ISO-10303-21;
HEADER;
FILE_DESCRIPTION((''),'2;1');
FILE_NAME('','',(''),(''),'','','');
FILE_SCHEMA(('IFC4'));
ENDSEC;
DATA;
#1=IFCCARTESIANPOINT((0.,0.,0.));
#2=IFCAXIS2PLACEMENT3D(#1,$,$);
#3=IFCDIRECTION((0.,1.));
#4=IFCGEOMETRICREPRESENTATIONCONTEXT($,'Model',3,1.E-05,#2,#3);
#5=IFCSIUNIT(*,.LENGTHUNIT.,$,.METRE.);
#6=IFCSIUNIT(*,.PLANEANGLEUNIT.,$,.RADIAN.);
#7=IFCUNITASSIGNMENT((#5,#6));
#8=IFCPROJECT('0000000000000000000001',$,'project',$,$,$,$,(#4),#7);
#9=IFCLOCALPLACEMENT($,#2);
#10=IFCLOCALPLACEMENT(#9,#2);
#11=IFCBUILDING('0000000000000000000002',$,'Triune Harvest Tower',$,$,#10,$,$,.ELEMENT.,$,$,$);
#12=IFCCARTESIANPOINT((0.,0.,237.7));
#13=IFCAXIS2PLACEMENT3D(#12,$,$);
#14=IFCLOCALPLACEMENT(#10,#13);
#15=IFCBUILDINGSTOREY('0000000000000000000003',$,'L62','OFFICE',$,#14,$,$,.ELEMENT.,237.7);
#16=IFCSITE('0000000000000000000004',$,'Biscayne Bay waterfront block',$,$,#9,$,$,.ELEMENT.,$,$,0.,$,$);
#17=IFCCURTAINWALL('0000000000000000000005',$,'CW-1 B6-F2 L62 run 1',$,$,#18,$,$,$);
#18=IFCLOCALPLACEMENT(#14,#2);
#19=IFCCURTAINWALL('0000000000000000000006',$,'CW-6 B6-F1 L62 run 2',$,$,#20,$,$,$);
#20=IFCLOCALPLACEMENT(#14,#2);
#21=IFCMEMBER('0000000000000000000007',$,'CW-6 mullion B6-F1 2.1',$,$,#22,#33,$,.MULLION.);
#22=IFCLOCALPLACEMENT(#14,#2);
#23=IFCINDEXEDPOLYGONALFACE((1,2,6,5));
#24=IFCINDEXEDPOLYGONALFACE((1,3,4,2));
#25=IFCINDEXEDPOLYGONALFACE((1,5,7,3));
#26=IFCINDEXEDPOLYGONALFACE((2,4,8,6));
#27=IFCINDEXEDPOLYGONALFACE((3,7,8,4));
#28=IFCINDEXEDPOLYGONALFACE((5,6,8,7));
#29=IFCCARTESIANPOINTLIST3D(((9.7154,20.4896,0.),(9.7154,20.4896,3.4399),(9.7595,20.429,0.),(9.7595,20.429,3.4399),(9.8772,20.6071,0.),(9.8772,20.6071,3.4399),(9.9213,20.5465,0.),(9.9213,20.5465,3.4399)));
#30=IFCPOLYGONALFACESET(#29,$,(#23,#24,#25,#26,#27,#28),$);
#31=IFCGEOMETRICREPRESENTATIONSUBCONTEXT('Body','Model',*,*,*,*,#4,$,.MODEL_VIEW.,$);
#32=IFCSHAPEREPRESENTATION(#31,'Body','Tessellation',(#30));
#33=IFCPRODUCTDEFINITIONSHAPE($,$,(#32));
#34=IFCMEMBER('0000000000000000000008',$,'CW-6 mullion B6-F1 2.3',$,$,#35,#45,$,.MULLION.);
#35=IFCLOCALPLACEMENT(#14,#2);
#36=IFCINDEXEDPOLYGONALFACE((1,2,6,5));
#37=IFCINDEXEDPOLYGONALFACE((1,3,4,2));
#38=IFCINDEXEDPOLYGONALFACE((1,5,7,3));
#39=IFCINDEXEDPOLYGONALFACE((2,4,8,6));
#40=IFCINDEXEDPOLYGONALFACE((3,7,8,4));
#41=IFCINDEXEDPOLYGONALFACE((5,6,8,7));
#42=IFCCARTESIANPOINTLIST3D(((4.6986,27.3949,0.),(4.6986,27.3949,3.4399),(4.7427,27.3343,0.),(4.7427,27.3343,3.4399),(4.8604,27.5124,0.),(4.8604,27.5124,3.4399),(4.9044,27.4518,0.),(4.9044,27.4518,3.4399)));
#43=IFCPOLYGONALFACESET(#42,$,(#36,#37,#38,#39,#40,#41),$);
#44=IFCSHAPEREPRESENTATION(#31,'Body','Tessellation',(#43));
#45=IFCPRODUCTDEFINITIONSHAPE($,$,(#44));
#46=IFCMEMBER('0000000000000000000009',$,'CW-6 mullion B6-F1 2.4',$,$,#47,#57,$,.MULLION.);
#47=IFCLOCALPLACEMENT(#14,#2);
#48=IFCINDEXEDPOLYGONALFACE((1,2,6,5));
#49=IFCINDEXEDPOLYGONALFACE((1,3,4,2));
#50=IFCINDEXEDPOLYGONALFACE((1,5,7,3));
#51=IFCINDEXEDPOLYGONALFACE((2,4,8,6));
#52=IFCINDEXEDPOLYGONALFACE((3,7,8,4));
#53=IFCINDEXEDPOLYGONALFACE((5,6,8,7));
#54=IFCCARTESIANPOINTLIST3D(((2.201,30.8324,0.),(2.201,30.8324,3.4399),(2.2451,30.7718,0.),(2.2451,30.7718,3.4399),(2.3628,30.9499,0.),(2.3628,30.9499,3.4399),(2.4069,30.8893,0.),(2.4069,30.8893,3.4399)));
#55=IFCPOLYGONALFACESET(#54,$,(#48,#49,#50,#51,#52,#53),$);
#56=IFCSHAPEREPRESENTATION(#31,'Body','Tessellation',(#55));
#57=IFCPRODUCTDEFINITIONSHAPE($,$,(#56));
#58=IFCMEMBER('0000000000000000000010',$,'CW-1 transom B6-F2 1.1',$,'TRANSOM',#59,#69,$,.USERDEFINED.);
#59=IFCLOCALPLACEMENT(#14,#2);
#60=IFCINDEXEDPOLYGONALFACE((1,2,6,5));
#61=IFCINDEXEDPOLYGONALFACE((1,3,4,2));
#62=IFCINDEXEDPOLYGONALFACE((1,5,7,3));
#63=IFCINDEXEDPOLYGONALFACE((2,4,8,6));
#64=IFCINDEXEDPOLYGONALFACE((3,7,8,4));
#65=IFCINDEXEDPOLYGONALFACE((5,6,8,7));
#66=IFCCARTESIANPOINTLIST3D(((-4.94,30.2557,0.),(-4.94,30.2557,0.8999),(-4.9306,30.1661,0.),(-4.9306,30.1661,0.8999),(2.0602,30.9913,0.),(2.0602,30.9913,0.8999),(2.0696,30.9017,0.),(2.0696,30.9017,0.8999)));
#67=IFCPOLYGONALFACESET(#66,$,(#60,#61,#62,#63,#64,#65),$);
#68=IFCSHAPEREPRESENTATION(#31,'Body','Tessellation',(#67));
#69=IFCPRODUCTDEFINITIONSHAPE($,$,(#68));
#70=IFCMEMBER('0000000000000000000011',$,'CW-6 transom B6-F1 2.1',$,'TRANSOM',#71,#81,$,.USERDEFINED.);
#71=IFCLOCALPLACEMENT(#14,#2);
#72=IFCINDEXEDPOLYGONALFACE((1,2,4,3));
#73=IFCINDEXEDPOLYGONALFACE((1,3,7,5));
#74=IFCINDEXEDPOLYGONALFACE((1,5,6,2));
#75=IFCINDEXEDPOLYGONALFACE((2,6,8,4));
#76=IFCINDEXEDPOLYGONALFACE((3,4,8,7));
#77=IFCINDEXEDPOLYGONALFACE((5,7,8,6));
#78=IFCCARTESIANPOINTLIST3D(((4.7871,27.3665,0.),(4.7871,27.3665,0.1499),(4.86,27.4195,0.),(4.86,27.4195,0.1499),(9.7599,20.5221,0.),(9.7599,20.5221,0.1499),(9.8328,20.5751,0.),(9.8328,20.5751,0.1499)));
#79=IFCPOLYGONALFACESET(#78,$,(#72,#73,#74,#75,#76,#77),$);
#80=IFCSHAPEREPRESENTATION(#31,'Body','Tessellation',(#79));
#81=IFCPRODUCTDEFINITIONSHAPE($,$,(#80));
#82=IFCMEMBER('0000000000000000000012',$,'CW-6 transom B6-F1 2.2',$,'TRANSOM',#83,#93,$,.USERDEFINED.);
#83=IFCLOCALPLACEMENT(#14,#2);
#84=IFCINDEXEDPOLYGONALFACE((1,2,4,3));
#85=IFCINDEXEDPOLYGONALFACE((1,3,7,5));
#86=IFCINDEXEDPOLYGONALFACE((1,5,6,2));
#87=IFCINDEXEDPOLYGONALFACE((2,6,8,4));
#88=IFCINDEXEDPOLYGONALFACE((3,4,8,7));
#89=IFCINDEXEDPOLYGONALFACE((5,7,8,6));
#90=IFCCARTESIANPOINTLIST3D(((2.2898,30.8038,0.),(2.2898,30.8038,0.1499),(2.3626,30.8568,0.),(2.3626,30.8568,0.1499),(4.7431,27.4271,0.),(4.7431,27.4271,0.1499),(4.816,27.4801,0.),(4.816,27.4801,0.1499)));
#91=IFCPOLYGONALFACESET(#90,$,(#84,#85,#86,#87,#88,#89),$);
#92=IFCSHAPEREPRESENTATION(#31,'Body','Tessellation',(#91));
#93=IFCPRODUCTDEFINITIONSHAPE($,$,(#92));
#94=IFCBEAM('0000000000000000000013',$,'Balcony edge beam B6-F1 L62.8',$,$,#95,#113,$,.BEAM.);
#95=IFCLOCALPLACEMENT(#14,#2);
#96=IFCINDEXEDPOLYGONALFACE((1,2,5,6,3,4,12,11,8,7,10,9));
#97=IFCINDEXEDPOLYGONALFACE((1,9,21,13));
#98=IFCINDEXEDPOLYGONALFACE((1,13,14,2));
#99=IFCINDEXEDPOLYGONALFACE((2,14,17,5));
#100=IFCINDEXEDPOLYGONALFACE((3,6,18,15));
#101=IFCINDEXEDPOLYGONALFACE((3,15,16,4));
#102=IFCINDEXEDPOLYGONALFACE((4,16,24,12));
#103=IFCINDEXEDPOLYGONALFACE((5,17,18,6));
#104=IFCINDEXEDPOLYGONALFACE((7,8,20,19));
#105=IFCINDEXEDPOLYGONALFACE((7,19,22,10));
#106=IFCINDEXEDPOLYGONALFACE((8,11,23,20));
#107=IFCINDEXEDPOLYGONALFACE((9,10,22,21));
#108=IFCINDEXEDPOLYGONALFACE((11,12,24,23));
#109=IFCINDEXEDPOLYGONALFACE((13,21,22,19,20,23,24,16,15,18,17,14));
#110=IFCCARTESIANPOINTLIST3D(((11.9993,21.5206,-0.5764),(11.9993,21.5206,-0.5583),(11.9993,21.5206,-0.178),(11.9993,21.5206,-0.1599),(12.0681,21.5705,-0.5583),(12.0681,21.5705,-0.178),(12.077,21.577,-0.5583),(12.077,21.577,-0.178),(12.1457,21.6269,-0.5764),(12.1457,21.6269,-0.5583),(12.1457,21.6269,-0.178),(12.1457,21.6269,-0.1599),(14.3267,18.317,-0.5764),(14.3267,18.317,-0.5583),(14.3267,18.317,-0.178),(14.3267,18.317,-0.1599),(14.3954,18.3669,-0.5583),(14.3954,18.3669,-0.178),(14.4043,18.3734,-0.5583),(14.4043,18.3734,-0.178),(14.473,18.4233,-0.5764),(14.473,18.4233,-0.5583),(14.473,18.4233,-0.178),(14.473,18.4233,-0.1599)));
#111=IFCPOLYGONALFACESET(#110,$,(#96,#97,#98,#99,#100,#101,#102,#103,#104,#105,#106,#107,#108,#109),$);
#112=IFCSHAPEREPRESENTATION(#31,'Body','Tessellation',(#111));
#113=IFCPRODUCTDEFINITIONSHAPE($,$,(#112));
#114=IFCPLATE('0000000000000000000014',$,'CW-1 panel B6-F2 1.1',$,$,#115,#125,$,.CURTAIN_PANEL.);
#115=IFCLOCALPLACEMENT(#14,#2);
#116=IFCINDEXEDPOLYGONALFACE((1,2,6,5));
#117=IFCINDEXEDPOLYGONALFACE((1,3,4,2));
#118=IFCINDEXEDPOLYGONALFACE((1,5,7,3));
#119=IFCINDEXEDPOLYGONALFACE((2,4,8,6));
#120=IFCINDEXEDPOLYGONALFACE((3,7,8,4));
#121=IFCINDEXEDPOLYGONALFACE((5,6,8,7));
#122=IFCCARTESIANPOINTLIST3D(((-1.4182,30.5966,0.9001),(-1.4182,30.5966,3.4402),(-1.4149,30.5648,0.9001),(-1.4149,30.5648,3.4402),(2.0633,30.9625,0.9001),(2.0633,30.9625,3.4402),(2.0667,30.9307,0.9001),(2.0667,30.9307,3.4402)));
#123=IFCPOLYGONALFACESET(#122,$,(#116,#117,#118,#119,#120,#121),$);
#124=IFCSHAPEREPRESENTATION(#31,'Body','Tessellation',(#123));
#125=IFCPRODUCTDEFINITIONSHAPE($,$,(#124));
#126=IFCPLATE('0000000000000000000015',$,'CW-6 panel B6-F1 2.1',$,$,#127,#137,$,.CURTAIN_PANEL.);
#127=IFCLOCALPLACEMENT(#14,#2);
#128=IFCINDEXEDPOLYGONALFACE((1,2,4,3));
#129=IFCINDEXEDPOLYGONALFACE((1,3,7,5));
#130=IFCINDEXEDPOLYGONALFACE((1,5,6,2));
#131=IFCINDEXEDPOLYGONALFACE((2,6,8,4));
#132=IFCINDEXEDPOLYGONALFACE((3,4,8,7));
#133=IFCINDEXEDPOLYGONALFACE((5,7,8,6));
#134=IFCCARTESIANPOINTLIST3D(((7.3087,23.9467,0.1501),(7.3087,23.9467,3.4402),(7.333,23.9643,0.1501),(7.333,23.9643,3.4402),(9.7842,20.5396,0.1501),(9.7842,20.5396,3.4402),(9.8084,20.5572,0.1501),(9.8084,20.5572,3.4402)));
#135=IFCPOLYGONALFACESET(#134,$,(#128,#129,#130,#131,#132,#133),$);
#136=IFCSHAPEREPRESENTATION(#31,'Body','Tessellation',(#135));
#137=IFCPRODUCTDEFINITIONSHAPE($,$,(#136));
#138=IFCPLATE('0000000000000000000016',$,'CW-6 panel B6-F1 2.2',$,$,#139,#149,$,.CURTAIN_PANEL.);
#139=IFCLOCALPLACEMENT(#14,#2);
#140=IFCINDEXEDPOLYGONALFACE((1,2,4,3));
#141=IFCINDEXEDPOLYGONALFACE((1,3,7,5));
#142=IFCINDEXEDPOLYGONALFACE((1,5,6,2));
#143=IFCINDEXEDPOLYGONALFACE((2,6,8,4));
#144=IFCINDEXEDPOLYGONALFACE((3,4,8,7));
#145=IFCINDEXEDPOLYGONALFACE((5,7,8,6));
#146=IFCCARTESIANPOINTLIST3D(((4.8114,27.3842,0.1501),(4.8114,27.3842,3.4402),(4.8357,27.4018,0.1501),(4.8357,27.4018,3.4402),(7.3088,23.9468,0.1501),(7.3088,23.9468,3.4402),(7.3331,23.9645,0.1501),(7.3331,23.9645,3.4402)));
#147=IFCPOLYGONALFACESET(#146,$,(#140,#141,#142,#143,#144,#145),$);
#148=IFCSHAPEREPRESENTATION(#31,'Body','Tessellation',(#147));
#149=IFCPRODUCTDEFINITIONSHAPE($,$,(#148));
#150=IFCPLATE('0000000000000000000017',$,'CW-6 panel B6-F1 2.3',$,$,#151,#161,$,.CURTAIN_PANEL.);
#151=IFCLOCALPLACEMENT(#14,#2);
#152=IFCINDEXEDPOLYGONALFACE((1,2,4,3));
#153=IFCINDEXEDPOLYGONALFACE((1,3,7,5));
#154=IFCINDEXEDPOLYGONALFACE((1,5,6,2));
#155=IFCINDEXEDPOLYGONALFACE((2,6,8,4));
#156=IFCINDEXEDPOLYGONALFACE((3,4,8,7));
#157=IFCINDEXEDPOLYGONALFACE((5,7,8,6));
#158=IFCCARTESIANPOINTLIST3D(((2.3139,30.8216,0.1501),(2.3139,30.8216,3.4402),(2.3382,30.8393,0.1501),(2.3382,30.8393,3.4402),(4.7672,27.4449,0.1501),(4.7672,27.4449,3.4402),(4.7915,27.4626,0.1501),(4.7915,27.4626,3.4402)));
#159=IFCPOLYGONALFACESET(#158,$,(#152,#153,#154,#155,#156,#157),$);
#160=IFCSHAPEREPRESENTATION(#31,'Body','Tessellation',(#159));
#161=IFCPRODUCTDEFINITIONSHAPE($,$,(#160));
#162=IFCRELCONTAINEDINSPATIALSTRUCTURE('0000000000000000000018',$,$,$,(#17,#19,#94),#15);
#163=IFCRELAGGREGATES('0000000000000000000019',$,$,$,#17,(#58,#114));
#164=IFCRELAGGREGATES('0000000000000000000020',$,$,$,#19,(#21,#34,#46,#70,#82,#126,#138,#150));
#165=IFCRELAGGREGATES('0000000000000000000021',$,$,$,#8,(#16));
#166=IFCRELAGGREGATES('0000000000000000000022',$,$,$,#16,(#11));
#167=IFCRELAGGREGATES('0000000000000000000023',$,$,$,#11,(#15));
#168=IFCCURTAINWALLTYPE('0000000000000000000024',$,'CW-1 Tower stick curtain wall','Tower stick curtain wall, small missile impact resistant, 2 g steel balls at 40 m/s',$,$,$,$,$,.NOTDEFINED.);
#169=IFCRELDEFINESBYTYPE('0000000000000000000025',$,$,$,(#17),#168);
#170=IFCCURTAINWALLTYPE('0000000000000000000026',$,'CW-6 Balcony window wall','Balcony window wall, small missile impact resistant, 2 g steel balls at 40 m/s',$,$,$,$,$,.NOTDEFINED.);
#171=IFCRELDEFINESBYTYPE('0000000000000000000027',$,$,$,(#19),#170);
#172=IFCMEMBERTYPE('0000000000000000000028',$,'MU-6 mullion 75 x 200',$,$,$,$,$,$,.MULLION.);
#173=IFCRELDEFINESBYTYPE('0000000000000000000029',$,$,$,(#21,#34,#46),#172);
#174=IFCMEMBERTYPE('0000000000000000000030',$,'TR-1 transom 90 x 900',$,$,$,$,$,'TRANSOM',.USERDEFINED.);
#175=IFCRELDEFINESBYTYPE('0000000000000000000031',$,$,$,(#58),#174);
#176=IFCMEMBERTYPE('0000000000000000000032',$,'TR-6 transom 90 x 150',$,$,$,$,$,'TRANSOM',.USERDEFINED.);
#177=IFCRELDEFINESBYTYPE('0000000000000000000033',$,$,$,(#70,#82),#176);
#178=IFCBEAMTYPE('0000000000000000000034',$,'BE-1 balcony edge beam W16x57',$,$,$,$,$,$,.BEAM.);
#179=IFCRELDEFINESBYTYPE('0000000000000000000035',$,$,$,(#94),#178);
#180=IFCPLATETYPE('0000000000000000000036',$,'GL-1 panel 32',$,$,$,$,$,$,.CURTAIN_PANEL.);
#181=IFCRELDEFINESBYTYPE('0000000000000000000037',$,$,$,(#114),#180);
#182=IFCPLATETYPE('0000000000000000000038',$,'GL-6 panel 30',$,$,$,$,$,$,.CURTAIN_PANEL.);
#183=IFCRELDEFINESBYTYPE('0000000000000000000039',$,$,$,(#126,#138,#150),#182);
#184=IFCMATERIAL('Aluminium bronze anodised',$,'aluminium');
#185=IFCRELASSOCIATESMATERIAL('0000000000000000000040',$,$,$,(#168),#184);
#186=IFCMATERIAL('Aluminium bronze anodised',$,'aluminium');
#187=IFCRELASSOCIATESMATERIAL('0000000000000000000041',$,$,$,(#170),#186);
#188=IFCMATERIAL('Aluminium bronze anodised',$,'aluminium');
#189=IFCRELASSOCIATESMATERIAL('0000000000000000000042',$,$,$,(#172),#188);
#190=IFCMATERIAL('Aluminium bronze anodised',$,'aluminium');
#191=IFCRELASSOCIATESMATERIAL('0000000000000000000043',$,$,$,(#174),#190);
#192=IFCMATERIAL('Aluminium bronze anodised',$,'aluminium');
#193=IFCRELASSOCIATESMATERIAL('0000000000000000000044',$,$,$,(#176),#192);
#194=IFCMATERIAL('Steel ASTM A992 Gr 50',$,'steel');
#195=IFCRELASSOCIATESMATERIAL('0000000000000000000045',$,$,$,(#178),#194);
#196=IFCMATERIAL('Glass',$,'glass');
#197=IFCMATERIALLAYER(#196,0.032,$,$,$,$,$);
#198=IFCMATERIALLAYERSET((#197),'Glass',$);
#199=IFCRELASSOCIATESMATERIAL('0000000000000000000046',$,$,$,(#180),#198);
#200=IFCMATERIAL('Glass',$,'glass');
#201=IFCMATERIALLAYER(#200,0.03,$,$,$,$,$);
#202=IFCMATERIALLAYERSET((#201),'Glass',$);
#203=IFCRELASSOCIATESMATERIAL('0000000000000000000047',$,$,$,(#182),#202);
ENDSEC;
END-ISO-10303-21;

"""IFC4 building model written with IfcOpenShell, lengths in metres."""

from ifc_helpers import new_model, si_unit, direction, frame, origin, origin_2d, place, context, subcontext, project, spatial, rectangle, i_section, extrude, source, transform, mapped, material, layer, layer_set, material_profile, profile_set, type_object, element, aggregate, save


model = new_model("IFC4")

# Units and contexts
model_context = context("Model", 3, precision=1e-05, world=origin(), true_north=direction((0.0, 1.0)))
body_context = subcontext(model_context, "Body", "Model", "MODEL_VIEW")
ifc_project = project(units=[si_unit("LENGTHUNIT", "METRE"), si_unit("PLANEANGLEUNIT", "RADIAN")], contexts=[model_context])

# Site, building, storey
site_placement = place(None, origin())
site = spatial("IfcSite", under=ifc_project, at=site_placement, Name="Biscayne Bay waterfront block", CompositionType="ELEMENT", RefElevation=0.0)
building_placement = place(site_placement, origin())
building = spatial("IfcBuilding", under=site, at=building_placement, Name="Triune Harvest Tower", CompositionType="ELEMENT")
storey_placement = place(building_placement, frame((0.0, 0.0, 237.7)))
storey = spatial("IfcBuildingStorey", under=building, at=storey_placement, Name="L62", Description="OFFICE", CompositionType="ELEMENT", Elevation=237.7)

# Curtain wall
ifc_material_1 = material(Name="Aluminium bronze anodised", Category="aluminium")
curtain_wall_type_1 = type_object("IfcCurtainWallType", Name="CW-1 Tower stick curtain wall", Description="Tower stick curtain wall, small missile impact resistant, 2 g steel balls at 40 m/s", PredefinedType="NOTDEFINED", material=ifc_material_1)
curtain_wall_1_placement = place(storey_placement, origin())
curtain_wall_1 = element("IfcCurtainWall", 1, at=curtain_wall_1_placement, inside=storey, type_object=curtain_wall_type_1, Name="CW-1 B6-F2 L62 run 1")

# Curtain wall, members
ifc_material_2 = material(Name="Aluminium bronze anodised", Category="aluminium")
curtain_wall_type_2 = type_object("IfcCurtainWallType", Name="CW-6 Balcony window wall", Description="Balcony window wall, small missile impact resistant, 2 g steel balls at 40 m/s", PredefinedType="NOTDEFINED", material=ifc_material_2)
curtain_wall_2_placement = place(storey_placement, origin())
curtain_wall_2 = element("IfcCurtainWall", 2, at=curtain_wall_2_placement, inside=storey, type_object=curtain_wall_type_2, Name="CW-6 B6-F1 L62 run 2")
ifc_material_3 = material(Name="Aluminium bronze anodised", Category="aluminium")
ifc_material_profile_1 = material_profile(ifc_material_3, rectangle(XDim=0.2, YDim=0.075, at=origin_2d()), Name="MU-6 mullion 75 x 200")
ifc_profile_set_1 = profile_set([ifc_material_profile_1], Name="Aluminium bronze anodised")
member_type_1 = type_object("IfcMemberType", Name="MU-6 mullion 75 x 200", PredefinedType="MULLION", material=ifc_profile_set_1)
shared_shape_1 = source(origin(), body_context, "Body", "SweptSolid", [
    extrude(rectangle(XDim=0.2, YDim=0.075, at=origin_2d()), origin(), (0.0, 0.0, 1.0), 3.4399),
])
member_1_placement = place(storey_placement, frame((9.8184, 20.5181, 0.0), z_axis=(0.0, 0.0, 1.0), x_axis=(-0.809017, -0.587786, 0.0)))
member_1 = element("IfcMember", 3, at=member_1_placement, type_object=member_type_1, Name="CW-6 mullion B6-F1 2.1", PredefinedType="MULLION", context=body_context, shape_type="MappedRepresentation", body=[
    mapped(shared_shape_1, transform((0.0, 0.0, 0.0), scale=1.0)),
])
member_2_placement = place(storey_placement, frame((4.8015, 27.4233, 0.0), z_axis=(0.0, 0.0, 1.0), x_axis=(-0.809017, -0.587786, 0.0)))
member_2 = element("IfcMember", 4, at=member_2_placement, type_object=member_type_1, Name="CW-6 mullion B6-F1 2.3", PredefinedType="MULLION", context=body_context, shape_type="MappedRepresentation", body=[
    mapped(shared_shape_1, transform((0.0, 0.0, 0.0), scale=1.0)),
])
member_3_placement = place(storey_placement, frame((2.304, 30.8608, 0.0), z_axis=(0.0, 0.0, 1.0), x_axis=(-0.809017, -0.587786, 0.0)))
member_3 = element("IfcMember", 5, at=member_3_placement, type_object=member_type_1, Name="CW-6 mullion B6-F1 2.4", PredefinedType="MULLION", context=body_context, shape_type="MappedRepresentation", body=[
    mapped(shared_shape_1, transform((0.0, 0.0, 0.0), scale=1.0)),
])

# Members
ifc_material_4 = material(Name="Aluminium bronze anodised", Category="aluminium")
ifc_material_profile_2 = material_profile(ifc_material_4, rectangle(XDim=0.0901, YDim=0.8999, at=origin_2d()), Name="TR-1 transom 90 x 900")
ifc_profile_set_2 = profile_set([ifc_material_profile_2], Name="Aluminium bronze anodised")
member_type_2 = type_object("IfcMemberType", Name="TR-1 transom 90 x 900", ElementType="TRANSOM", PredefinedType="USERDEFINED", material=ifc_profile_set_2)
shared_shape_2 = source(origin(), body_context, "Body", "SweptSolid", [
    extrude(rectangle(XDim=0.0901, YDim=0.8999, at=origin_2d()), origin(), (0.0, 0.0, 1.0), 7.0388),
])
member_4_placement = place(storey_placement, frame((2.0649, 30.9465, 0.45), z_axis=(-0.994524, -0.104506, 0.0), x_axis=(0.104506, -0.994524, 0.0)))
member_4 = element("IfcMember", 6, at=member_4_placement, type_object=member_type_2, Name="CW-1 transom B6-F2 1.1", ObjectType="TRANSOM", PredefinedType="USERDEFINED", context=body_context, shape_type="MappedRepresentation", body=[
    mapped(shared_shape_2, transform((0.0, 0.0, 0.0), scale=1.0)),
])
ifc_material_5 = material(Name="Aluminium bronze anodised", Category="aluminium")
ifc_material_profile_3 = material_profile(ifc_material_5, rectangle(XDim=0.0901, YDim=0.1499, at=origin_2d()), Name="TR-6 transom 90 x 150")
ifc_profile_set_3 = profile_set([ifc_material_profile_3], Name="Aluminium bronze anodised")
member_type_3 = type_object("IfcMemberType", Name="TR-6 transom 90 x 150", ElementType="TRANSOM", PredefinedType="USERDEFINED", material=ifc_profile_set_3)
shared_shape_3 = source(origin(), body_context, "Body", "SweptSolid", [
    extrude(rectangle(XDim=0.0901, YDim=0.1499, at=origin_2d()), origin(), (0.0, 0.0, 1.0), 8.4602),
])
member_5_placement = place(storey_placement, frame((9.7964, 20.5486, 0.075), z_axis=(-0.587792, 0.809012, 0.0), x_axis=(-0.809012, -0.587792, 0.0)))
member_5 = element("IfcMember", 7, at=member_5_placement, type_object=member_type_3, Name="CW-6 transom B6-F1 2.1", ObjectType="TRANSOM", PredefinedType="USERDEFINED", context=body_context, shape_type="MappedRepresentation", body=[
    mapped(shared_shape_3, transform((0.0, 0.0, 0.0), scale=1.0)),
])
shared_shape_4 = source(origin(), body_context, "Body", "SweptSolid", [
    extrude(rectangle(XDim=0.0901, YDim=0.1499, at=origin_2d()), origin(), (0.0, 0.0, 1.0), 4.1738),
])
member_6_placement = place(storey_placement, frame((4.7795, 27.4536, 0.075), z_axis=(-0.587793, 0.809012, 0.0), x_axis=(-0.809012, -0.587793, 0.0)))
member_6 = element("IfcMember", 8, at=member_6_placement, type_object=member_type_3, Name="CW-6 transom B6-F1 2.2", ObjectType="TRANSOM", PredefinedType="USERDEFINED", context=body_context, shape_type="MappedRepresentation", body=[
    mapped(shared_shape_4, transform((0.0, 0.0, 0.0), scale=1.0)),
])

# Beam
ifc_material_6 = material(Name="Steel ASTM A992 Gr 50", Category="steel")
ifc_material_profile_4 = material_profile(ifc_material_6, i_section(OverallWidth=0.1809, OverallDepth=0.4165, WebThickness=0.011, FlangeThickness=0.0181, at=origin_2d()), Name="W16x57")
ifc_profile_set_4 = profile_set([ifc_material_profile_4], Name="Steel ASTM A992 Gr 50")
beam_type_1 = type_object("IfcBeamType", Name="BE-1 balcony edge beam W16x57", PredefinedType="BEAM", material=ifc_profile_set_4)
shared_shape_5 = source(origin(), body_context, "Body", "SweptSolid", [
    extrude(i_section(OverallWidth=0.1809, OverallDepth=0.4165, WebThickness=0.011, FlangeThickness=0.0181, at=origin_2d()), origin(), (0.0, 0.0, 1.0), 3.9597),
])
beam_1_placement = place(storey_placement, frame((12.0725, 21.5737, -0.3682), z_axis=(0.587757, -0.809037, 0.0), x_axis=(0.809037, 0.587757, 0.0)))
element("IfcBeam", 9, at=beam_1_placement, inside=storey, type_object=beam_type_1, Name="Balcony edge beam B6-F1 L62.8", PredefinedType="BEAM", context=body_context, shape_type="MappedRepresentation", body=[
    mapped(shared_shape_5, transform((0.0, 0.0, 0.0), scale=1.0)),
])

# Plates
ifc_material_7 = material(Name="Glass", Category="glass")
ifc_layer_1 = layer(ifc_material_7, 0.032)
ifc_layer_set_1 = layer_set([ifc_layer_1], Name="Glass")
plate_type_1 = type_object("IfcPlateType", Name="GL-1 panel 32", PredefinedType="CURTAIN_PANEL", material=ifc_layer_set_1)
shared_shape_6 = source(origin(), body_context, "Body", "SweptSolid", [
    extrude(rectangle(XDim=3.5007, YDim=0.032, at=origin_2d()), origin(), (0.0, 0.0, 1.0), 2.54),
])
plate_1_placement = place(storey_placement, frame((0.3242, 30.7637, 0.9001), z_axis=(0.0, 0.0, 1.0), x_axis=(-0.994522, -0.10453, 0.0)))
plate_1 = element("IfcPlate", 10, at=plate_1_placement, type_object=plate_type_1, Name="CW-1 panel B6-F2 1.1", PredefinedType="CURTAIN_PANEL", context=body_context, shape_type="MappedRepresentation", body=[
    mapped(shared_shape_6, transform((0.0, 0.0, 0.0), scale=1.0)),
])
aggregate(curtain_wall_1, [member_4, plate_1])
ifc_material_8 = material(Name="Glass", Category="glass")
ifc_layer_2 = layer(ifc_material_8, 0.03)
ifc_layer_set_2 = layer_set([ifc_layer_2], Name="Glass")
plate_type_2 = type_object("IfcPlateType", Name="GL-6 panel 30", PredefinedType="CURTAIN_PANEL", material=ifc_layer_set_2)
shared_shape_7 = source(origin(), body_context, "Body", "SweptSolid", [
    extrude(rectangle(XDim=4.2114, YDim=0.03, at=origin_2d()), origin(), (0.0, 0.0, 1.0), 3.29),
])
plate_2_placement = place(storey_placement, frame((8.5586, 22.252, 0.1501), z_axis=(0.0, 0.0, 1.0), x_axis=(-0.587786, 0.809017, 0.0)))
plate_2 = element("IfcPlate", 11, at=plate_2_placement, type_object=plate_type_2, Name="CW-6 panel B6-F1 2.1", PredefinedType="CURTAIN_PANEL", context=body_context, shape_type="MappedRepresentation", body=[
    mapped(shared_shape_7, transform((0.0, 0.0, 0.0), scale=1.0)),
])
shared_shape_8 = source(origin(), body_context, "Body", "SweptSolid", [
    extrude(rectangle(XDim=4.2488, YDim=0.03, at=origin_2d()), origin(), (0.0, 0.0, 1.0), 3.29),
])
plate_3_placement = place(storey_placement, frame((6.0723, 25.6743, 0.1501), z_axis=(0.0, 0.0, 1.0), x_axis=(-0.587786, 0.809017, 0.0)))
plate_3 = element("IfcPlate", 12, at=plate_3_placement, type_object=plate_type_2, Name="CW-6 panel B6-F1 2.2", PredefinedType="CURTAIN_PANEL", context=body_context, shape_type="MappedRepresentation", body=[
    mapped(shared_shape_8, transform((0.0, 0.0, 0.0), scale=1.0)),
])
shared_shape_9 = source(origin(), body_context, "Body", "SweptSolid", [
    extrude(rectangle(XDim=4.1738, YDim=0.03, at=origin_2d()), origin(), (0.0, 0.0, 1.0), 3.29),
])
plate_4_placement = place(storey_placement, frame((3.5527, 29.1421, 0.1501), z_axis=(0.0, 0.0, 1.0), x_axis=(-0.587786, 0.809017, 0.0)))
plate_4 = element("IfcPlate", 13, at=plate_4_placement, type_object=plate_type_2, Name="CW-6 panel B6-F1 2.3", PredefinedType="CURTAIN_PANEL", context=body_context, shape_type="MappedRepresentation", body=[
    mapped(shared_shape_9, transform((0.0, 0.0, 0.0), scale=1.0)),
])
aggregate(curtain_wall_2, [member_1, member_2, member_3, member_5, member_6, plate_2, plate_3, plate_4])

save(model, "model.ifc")
